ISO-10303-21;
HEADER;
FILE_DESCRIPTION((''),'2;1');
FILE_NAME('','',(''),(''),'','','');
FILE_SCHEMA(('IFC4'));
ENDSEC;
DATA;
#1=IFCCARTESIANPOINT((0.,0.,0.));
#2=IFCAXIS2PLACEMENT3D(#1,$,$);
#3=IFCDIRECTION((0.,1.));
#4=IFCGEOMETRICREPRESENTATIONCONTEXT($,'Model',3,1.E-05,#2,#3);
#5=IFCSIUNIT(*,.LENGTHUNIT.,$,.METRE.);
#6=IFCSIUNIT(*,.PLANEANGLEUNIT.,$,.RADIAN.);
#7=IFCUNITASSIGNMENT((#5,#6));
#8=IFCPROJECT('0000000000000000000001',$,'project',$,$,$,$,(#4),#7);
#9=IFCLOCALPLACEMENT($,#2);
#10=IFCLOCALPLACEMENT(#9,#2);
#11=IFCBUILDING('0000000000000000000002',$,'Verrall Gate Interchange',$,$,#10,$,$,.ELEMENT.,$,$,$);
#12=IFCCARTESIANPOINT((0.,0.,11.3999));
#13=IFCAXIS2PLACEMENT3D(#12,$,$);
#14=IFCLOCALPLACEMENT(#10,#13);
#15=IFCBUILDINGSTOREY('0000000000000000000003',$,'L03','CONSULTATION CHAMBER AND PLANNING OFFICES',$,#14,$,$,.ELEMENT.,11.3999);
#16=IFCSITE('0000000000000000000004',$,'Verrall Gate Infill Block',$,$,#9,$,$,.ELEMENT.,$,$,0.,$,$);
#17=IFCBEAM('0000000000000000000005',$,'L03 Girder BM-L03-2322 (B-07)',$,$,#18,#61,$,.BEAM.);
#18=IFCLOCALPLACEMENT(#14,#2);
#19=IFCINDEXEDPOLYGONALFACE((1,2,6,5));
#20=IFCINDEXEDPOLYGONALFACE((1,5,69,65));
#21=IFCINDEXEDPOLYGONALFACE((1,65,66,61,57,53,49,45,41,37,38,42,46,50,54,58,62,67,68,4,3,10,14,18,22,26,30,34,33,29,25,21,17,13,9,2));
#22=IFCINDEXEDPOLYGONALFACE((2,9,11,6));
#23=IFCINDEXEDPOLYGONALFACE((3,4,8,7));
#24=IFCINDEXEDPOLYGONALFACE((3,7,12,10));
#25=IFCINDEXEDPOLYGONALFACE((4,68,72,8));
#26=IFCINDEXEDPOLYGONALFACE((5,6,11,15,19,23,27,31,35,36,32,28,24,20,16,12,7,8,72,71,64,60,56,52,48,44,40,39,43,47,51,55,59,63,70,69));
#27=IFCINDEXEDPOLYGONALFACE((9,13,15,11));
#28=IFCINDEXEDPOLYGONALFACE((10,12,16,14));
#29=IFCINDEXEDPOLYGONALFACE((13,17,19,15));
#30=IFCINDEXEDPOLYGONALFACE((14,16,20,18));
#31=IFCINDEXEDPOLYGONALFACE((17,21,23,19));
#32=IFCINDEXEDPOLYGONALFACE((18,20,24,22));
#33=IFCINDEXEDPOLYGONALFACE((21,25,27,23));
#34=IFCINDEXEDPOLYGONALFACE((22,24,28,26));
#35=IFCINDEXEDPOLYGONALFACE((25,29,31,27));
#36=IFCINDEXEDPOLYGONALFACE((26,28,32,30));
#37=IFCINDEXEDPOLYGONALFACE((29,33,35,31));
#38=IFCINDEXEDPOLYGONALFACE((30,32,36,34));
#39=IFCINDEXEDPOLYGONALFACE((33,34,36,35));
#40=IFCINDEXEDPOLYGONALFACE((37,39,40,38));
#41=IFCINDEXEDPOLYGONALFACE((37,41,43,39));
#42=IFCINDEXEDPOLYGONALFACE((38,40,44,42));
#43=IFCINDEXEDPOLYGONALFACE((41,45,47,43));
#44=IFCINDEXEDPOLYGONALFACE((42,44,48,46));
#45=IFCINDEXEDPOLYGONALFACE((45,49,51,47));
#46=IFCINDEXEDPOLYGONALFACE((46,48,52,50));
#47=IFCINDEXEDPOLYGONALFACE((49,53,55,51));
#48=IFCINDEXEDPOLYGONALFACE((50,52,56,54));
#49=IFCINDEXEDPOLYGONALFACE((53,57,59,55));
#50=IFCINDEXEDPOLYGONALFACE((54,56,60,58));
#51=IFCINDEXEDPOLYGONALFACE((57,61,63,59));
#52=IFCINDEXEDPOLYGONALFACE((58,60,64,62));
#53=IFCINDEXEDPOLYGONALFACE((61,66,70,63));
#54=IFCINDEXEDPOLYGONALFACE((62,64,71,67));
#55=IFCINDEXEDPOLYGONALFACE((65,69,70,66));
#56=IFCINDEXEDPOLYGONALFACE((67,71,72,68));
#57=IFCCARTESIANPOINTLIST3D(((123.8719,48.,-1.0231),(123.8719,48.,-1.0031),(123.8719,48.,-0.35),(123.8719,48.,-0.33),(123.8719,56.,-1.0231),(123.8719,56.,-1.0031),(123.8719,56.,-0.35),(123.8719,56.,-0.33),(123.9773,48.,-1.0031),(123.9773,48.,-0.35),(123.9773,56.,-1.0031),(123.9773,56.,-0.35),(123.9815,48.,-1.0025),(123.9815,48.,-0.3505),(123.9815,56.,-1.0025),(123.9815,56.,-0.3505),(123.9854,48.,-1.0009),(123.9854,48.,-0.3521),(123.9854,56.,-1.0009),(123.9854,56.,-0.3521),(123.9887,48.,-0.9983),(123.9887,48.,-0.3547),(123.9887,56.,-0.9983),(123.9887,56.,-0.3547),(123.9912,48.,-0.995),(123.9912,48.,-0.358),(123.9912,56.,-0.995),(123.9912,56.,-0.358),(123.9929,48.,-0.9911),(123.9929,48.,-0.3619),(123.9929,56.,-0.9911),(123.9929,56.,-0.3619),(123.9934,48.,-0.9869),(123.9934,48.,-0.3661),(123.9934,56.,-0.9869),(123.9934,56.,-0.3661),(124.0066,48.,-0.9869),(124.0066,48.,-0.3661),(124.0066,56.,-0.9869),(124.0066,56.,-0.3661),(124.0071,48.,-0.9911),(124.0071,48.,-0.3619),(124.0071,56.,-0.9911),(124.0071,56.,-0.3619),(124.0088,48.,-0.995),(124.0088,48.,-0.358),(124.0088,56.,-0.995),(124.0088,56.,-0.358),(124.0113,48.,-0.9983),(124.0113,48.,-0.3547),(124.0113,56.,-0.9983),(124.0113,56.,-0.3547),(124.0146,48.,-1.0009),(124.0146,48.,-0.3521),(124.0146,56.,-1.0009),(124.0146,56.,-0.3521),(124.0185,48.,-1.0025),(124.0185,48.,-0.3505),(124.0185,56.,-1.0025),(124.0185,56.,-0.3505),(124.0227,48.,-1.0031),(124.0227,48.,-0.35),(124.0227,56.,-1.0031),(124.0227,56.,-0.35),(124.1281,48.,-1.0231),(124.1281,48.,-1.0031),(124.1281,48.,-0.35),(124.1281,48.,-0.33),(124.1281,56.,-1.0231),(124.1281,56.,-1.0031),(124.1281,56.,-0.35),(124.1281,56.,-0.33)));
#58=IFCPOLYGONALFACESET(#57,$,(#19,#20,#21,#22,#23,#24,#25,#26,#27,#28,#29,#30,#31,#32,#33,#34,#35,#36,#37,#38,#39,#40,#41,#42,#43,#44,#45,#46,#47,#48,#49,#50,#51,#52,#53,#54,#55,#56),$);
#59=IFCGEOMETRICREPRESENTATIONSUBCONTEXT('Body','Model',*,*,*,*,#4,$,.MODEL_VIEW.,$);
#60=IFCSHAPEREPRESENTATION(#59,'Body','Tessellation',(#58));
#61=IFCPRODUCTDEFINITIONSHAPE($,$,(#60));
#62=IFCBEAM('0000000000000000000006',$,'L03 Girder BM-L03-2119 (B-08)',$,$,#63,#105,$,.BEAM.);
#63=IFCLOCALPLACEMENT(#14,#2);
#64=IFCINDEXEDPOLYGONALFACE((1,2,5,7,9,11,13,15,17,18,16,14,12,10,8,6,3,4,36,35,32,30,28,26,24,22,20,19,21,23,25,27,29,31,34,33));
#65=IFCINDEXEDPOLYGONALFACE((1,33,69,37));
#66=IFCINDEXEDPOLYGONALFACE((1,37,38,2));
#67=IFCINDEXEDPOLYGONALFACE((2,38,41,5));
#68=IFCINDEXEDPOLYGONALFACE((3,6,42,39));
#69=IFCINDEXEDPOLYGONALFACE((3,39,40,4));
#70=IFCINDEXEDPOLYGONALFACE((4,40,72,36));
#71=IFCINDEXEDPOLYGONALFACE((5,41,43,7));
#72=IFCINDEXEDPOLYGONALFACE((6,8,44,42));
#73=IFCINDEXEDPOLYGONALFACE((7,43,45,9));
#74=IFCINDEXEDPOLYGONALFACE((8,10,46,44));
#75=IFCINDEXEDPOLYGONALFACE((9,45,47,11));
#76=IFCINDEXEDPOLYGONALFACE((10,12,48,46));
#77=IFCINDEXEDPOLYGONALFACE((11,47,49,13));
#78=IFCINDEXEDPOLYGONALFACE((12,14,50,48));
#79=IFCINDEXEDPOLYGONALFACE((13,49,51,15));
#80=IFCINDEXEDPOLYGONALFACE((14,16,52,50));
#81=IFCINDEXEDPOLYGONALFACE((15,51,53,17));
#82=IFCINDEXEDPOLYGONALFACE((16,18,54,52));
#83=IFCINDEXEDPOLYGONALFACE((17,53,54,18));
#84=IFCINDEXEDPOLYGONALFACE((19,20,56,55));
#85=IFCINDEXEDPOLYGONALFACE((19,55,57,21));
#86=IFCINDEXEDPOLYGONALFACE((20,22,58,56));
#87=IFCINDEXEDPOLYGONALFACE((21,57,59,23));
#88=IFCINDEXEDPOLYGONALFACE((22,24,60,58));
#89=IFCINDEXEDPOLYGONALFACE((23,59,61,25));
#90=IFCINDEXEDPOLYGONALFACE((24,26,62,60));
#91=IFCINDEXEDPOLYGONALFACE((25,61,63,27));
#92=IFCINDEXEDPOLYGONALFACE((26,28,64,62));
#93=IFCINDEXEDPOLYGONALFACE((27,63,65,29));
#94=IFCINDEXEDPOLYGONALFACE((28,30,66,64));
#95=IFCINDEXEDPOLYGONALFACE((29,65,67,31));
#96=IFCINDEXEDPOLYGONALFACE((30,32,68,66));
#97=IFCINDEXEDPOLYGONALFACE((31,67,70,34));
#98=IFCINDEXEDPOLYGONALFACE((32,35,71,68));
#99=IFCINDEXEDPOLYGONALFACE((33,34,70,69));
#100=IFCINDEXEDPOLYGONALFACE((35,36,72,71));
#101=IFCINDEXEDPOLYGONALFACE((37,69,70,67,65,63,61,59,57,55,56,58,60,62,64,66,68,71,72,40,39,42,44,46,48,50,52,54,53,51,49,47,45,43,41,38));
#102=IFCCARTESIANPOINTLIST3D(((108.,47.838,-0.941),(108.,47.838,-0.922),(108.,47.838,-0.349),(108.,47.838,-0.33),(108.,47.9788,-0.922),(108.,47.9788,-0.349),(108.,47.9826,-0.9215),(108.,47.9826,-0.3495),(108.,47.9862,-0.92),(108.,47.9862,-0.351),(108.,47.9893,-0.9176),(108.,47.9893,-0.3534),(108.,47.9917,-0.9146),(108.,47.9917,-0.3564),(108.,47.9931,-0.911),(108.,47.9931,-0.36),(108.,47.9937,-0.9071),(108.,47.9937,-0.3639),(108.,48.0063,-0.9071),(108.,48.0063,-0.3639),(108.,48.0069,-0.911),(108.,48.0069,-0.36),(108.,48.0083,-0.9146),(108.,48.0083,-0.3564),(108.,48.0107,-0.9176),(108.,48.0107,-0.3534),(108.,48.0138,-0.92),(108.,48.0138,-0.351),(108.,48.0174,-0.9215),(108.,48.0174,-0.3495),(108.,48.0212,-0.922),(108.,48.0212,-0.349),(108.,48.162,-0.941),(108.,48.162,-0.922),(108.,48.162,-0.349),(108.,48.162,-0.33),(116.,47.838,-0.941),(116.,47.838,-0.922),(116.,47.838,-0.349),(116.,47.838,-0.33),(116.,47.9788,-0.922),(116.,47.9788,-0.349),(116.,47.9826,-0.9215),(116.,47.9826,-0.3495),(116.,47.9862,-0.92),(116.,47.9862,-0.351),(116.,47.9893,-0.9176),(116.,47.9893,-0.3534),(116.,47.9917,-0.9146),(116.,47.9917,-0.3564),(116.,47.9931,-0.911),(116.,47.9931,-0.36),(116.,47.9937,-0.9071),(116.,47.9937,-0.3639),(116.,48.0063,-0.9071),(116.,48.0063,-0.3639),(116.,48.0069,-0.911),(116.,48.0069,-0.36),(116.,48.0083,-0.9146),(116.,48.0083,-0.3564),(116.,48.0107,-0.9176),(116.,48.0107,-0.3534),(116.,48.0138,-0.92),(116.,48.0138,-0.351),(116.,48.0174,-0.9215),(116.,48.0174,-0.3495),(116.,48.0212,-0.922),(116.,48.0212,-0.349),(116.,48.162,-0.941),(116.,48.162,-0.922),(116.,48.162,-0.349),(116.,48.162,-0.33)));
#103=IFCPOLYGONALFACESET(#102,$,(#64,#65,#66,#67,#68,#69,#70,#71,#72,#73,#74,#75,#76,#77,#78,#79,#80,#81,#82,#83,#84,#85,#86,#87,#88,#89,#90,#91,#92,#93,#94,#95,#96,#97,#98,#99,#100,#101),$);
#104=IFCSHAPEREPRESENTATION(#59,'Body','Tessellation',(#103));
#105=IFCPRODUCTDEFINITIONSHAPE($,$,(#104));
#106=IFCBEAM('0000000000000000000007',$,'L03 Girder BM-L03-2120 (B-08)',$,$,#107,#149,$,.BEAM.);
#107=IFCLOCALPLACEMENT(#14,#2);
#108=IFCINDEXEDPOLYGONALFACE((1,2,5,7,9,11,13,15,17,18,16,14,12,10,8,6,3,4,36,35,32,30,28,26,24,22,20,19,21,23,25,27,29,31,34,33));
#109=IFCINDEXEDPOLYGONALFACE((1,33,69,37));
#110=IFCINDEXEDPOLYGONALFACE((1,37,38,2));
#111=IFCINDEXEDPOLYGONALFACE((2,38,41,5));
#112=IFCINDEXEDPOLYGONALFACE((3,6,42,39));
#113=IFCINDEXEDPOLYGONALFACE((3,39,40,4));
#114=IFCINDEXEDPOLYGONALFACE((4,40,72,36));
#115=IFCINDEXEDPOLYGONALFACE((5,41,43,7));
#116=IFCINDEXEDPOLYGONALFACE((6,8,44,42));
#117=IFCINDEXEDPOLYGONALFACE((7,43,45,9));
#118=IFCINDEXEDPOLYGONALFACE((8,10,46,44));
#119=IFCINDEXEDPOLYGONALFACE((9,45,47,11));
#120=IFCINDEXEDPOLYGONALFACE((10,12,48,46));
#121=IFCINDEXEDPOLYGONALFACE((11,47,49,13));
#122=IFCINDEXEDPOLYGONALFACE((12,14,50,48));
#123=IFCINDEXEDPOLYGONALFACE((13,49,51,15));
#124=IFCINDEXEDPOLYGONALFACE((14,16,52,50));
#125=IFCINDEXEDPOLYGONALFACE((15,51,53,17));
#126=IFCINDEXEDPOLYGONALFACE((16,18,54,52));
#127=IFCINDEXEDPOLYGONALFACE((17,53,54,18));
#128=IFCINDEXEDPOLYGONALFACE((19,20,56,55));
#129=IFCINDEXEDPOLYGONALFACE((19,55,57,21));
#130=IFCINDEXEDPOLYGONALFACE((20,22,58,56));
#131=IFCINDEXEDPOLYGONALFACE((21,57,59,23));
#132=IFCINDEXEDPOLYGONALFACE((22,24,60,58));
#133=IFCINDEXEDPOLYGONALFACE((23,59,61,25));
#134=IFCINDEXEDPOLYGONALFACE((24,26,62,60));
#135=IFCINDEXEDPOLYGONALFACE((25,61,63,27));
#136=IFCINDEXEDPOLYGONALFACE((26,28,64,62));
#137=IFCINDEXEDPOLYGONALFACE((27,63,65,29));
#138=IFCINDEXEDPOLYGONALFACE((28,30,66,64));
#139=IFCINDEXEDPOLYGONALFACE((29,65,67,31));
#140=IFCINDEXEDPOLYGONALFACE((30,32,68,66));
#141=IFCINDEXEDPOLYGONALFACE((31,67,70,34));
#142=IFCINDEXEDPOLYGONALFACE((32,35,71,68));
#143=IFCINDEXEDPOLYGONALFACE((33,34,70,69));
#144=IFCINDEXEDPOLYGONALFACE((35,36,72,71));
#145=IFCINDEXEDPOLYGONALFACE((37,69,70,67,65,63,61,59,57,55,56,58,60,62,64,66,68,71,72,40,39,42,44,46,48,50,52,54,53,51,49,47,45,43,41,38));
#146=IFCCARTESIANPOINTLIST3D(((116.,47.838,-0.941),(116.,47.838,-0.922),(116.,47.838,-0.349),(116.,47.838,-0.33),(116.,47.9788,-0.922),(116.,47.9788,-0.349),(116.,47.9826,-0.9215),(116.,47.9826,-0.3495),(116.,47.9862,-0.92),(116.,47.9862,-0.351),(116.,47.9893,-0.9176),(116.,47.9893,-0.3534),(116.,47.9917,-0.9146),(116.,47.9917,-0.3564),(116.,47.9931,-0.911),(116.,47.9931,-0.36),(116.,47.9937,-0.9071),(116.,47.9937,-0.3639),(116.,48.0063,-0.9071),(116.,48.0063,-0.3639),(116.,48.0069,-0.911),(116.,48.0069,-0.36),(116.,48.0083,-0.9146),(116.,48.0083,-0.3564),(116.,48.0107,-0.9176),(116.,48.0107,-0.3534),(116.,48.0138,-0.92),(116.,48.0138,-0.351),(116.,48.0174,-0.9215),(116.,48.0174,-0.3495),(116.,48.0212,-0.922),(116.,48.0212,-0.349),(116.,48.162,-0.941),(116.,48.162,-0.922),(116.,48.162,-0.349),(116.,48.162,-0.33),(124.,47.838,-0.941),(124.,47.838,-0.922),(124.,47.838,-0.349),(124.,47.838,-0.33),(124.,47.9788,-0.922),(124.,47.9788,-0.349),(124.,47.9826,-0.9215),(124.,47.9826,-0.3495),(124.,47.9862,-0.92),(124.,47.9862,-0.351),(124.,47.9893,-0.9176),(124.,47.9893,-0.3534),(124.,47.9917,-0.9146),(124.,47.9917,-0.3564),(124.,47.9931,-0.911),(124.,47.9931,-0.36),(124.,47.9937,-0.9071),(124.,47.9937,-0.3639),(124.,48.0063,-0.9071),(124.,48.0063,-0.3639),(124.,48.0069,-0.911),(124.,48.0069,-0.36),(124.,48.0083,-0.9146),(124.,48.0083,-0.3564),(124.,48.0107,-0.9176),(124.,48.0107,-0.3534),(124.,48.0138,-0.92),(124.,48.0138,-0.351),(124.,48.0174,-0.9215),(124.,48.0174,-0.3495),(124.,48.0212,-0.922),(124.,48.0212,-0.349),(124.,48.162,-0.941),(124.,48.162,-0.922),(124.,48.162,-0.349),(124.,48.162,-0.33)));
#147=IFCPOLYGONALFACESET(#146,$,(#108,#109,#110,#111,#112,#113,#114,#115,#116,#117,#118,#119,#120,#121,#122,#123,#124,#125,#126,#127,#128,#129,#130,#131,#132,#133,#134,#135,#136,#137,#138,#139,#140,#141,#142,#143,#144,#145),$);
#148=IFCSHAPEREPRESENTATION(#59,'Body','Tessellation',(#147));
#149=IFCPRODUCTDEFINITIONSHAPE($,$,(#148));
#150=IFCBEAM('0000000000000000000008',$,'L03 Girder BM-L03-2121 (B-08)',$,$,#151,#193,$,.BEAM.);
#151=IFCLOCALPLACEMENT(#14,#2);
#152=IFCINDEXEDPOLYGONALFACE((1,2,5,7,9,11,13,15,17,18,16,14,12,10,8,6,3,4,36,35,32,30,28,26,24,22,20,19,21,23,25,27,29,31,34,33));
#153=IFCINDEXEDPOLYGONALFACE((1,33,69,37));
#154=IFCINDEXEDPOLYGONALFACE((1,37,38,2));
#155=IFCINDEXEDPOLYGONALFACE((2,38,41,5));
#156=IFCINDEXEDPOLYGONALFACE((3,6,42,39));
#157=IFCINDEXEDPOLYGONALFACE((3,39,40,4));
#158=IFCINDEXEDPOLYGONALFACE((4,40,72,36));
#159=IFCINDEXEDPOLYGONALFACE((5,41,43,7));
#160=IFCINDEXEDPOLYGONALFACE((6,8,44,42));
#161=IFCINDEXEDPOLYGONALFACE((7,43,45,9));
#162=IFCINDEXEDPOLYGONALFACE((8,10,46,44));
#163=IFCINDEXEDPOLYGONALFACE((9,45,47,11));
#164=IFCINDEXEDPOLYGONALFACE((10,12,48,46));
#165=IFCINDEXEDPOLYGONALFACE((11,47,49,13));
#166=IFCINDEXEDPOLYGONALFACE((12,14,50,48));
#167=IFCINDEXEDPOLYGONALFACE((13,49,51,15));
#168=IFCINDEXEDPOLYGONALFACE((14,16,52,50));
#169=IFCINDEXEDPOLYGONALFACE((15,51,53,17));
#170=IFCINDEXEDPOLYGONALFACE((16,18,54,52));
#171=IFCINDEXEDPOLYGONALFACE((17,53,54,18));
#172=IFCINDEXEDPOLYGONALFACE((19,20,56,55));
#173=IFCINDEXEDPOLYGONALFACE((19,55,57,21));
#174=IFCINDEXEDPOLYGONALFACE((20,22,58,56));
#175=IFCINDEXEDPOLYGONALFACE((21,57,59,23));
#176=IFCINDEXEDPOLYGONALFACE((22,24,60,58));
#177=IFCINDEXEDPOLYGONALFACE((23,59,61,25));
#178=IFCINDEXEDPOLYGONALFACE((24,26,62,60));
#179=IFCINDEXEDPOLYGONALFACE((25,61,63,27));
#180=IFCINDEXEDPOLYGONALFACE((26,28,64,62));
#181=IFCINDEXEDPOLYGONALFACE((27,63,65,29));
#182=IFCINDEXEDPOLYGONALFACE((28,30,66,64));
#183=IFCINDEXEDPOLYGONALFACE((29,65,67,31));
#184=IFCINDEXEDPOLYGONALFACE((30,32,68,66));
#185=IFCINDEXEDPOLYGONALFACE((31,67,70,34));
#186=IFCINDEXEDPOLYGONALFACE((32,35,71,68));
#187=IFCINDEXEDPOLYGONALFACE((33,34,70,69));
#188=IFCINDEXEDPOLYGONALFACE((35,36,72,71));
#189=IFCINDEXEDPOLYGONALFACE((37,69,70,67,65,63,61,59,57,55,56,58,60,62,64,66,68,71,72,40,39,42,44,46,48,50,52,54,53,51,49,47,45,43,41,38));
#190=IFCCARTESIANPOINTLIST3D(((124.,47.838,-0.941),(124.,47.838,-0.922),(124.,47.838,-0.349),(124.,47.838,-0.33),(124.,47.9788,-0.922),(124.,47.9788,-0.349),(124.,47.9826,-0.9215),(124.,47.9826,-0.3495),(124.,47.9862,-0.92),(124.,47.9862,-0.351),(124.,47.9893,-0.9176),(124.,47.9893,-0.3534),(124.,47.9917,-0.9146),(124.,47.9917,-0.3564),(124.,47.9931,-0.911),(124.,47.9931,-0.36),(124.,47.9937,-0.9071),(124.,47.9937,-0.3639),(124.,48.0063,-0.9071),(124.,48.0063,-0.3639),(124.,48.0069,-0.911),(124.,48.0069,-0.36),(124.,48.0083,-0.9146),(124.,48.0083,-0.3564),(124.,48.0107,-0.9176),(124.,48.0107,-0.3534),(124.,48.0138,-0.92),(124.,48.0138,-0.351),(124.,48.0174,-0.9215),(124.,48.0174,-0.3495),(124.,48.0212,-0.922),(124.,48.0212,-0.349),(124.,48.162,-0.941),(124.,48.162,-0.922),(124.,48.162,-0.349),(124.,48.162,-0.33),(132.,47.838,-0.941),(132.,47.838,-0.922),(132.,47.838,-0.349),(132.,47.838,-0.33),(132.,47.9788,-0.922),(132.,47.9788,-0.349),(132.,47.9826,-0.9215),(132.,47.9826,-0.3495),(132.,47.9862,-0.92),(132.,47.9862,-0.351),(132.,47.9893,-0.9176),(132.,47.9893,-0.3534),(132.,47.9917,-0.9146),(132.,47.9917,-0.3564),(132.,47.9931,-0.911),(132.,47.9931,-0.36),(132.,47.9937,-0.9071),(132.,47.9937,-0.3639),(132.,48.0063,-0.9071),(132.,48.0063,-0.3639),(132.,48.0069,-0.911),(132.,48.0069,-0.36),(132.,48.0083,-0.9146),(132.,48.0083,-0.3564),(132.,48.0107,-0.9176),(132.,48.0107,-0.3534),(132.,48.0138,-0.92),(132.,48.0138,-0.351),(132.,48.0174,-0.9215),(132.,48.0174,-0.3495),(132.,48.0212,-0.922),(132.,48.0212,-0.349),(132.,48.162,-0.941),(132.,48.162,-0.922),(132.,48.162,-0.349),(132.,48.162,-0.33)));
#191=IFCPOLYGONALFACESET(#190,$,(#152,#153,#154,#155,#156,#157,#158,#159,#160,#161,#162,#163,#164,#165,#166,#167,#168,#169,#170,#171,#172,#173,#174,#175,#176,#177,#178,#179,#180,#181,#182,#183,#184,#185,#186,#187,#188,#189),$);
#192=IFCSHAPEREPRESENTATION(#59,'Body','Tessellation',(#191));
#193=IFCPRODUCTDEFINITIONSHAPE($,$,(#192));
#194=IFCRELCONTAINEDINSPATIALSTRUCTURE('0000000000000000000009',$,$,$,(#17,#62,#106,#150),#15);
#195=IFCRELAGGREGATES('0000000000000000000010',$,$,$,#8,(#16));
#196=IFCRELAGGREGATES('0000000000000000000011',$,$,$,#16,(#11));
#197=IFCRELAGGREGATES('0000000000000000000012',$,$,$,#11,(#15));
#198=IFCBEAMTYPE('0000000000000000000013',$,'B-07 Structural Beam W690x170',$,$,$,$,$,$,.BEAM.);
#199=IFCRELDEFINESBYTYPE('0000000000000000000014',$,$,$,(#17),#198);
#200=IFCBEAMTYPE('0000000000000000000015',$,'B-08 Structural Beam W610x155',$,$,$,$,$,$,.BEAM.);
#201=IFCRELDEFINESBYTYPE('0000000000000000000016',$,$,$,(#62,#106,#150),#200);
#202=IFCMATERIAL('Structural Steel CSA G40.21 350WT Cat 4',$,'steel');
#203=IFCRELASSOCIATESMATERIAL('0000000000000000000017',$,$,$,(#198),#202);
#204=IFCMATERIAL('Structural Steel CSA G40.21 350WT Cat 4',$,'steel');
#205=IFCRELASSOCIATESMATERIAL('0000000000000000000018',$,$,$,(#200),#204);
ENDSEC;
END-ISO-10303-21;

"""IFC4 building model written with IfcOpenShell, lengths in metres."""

from ifc_helpers import new_model, si_unit, direction, frame, origin, origin_2d, place, context, subcontext, project, spatial, i_section, extrude, material, material_profile, profile_set, type_object, element, save


model = new_model("IFC4")

# Units and contexts
model_context = context("Model", 3, precision=1e-05, world=origin(), true_north=direction((0.0, 1.0)))
body_context = subcontext(model_context, "Body", "Model", "MODEL_VIEW")
ifc_project = project(units=[si_unit("LENGTHUNIT", "METRE"), si_unit("PLANEANGLEUNIT", "RADIAN")], contexts=[model_context])

# Site, building, storey
site_placement = place(None, origin())
site = spatial("IfcSite", under=ifc_project, at=site_placement, Name="Verrall Gate Infill Block", CompositionType="ELEMENT", RefElevation=0.0)
building_placement = place(site_placement, origin())
building = spatial("IfcBuilding", under=site, at=building_placement, Name="Verrall Gate Interchange", CompositionType="ELEMENT")
storey_placement = place(building_placement, frame((0.0, 0.0, 11.3999)))
storey = spatial("IfcBuildingStorey", under=building, at=storey_placement, Name="L03", Description="CONSULTATION CHAMBER AND PLANNING OFFICES", CompositionType="ELEMENT", Elevation=11.3999)

# Beams
ifc_material_1 = material(Name="Structural Steel CSA G40.21 350WT Cat 4", Category="steel")
ifc_material_profile_1 = material_profile(ifc_material_1, i_section(OverallWidth=0.2561, OverallDepth=0.6931, WebThickness=0.0132, FlangeThickness=0.02, FilletRadius=0.0161, at=origin_2d()), Name="W690x170")
ifc_profile_set_1 = profile_set([ifc_material_profile_1], Name="Structural Steel CSA G40.21 350WT Cat 4")
beam_type_1 = type_object("IfcBeamType", Name="B-07 Structural Beam W690x170", PredefinedType="BEAM", material=ifc_profile_set_1)
for number, where, z_axis, x_axis, name in (
    (1, (124.0, 48.0, -0.6765), (0.0, 1.0, 0.0), (-1.0, 0.0, 0.0), "L03 Girder BM-L03-2322 (B-07)"),
):
    element("IfcBeam", number, at=place(storey_placement, frame(where, z_axis=z_axis, x_axis=x_axis)), inside=storey, type_object=beam_type_1, Name=name, PredefinedType="BEAM", context=body_context, shape_type="SweptSolid", body=[
        extrude(i_section(OverallWidth=0.2561, OverallDepth=0.6931, WebThickness=0.0132, FlangeThickness=0.02, FilletRadius=0.0161, at=origin_2d()), origin(), (0.0, 0.0, 1.0), 8.0),
    ])
ifc_material_2 = material(Name="Structural Steel CSA G40.21 350WT Cat 4", Category="steel")
ifc_material_profile_2 = material_profile(ifc_material_2, i_section(OverallWidth=0.324, OverallDepth=0.6111, WebThickness=0.0127, FlangeThickness=0.019, FilletRadius=0.0149, at=origin_2d()), Name="W610x155")
ifc_profile_set_2 = profile_set([ifc_material_profile_2], Name="Structural Steel CSA G40.21 350WT Cat 4")
beam_type_2 = type_object("IfcBeamType", Name="B-08 Structural Beam W610x155", PredefinedType="BEAM", material=ifc_profile_set_2)
for number, where, z_axis, x_axis, name in (
    (2, (108.0, 48.0, -0.6355), (1.0, 0.0, 0.0), (0.0, 1.0, 0.0), "L03 Girder BM-L03-2119 (B-08)"),
    (3, (116.0, 48.0, -0.6355), (1.0, 0.0, 0.0), (0.0, 1.0, 0.0), "L03 Girder BM-L03-2120 (B-08)"),
    (4, (124.0, 48.0, -0.6355), (1.0, 0.0, 0.0), (0.0, 1.0, 0.0), "L03 Girder BM-L03-2121 (B-08)"),
):
    element("IfcBeam", number, at=place(storey_placement, frame(where, z_axis=z_axis, x_axis=x_axis)), inside=storey, type_object=beam_type_2, Name=name, PredefinedType="BEAM", context=body_context, shape_type="SweptSolid", body=[
        extrude(i_section(OverallWidth=0.324, OverallDepth=0.6111, WebThickness=0.0127, FlangeThickness=0.019, FilletRadius=0.0149, at=origin_2d()), origin(), (0.0, 0.0, 1.0), 8.0),
    ])

save(model, "model.ifc")
